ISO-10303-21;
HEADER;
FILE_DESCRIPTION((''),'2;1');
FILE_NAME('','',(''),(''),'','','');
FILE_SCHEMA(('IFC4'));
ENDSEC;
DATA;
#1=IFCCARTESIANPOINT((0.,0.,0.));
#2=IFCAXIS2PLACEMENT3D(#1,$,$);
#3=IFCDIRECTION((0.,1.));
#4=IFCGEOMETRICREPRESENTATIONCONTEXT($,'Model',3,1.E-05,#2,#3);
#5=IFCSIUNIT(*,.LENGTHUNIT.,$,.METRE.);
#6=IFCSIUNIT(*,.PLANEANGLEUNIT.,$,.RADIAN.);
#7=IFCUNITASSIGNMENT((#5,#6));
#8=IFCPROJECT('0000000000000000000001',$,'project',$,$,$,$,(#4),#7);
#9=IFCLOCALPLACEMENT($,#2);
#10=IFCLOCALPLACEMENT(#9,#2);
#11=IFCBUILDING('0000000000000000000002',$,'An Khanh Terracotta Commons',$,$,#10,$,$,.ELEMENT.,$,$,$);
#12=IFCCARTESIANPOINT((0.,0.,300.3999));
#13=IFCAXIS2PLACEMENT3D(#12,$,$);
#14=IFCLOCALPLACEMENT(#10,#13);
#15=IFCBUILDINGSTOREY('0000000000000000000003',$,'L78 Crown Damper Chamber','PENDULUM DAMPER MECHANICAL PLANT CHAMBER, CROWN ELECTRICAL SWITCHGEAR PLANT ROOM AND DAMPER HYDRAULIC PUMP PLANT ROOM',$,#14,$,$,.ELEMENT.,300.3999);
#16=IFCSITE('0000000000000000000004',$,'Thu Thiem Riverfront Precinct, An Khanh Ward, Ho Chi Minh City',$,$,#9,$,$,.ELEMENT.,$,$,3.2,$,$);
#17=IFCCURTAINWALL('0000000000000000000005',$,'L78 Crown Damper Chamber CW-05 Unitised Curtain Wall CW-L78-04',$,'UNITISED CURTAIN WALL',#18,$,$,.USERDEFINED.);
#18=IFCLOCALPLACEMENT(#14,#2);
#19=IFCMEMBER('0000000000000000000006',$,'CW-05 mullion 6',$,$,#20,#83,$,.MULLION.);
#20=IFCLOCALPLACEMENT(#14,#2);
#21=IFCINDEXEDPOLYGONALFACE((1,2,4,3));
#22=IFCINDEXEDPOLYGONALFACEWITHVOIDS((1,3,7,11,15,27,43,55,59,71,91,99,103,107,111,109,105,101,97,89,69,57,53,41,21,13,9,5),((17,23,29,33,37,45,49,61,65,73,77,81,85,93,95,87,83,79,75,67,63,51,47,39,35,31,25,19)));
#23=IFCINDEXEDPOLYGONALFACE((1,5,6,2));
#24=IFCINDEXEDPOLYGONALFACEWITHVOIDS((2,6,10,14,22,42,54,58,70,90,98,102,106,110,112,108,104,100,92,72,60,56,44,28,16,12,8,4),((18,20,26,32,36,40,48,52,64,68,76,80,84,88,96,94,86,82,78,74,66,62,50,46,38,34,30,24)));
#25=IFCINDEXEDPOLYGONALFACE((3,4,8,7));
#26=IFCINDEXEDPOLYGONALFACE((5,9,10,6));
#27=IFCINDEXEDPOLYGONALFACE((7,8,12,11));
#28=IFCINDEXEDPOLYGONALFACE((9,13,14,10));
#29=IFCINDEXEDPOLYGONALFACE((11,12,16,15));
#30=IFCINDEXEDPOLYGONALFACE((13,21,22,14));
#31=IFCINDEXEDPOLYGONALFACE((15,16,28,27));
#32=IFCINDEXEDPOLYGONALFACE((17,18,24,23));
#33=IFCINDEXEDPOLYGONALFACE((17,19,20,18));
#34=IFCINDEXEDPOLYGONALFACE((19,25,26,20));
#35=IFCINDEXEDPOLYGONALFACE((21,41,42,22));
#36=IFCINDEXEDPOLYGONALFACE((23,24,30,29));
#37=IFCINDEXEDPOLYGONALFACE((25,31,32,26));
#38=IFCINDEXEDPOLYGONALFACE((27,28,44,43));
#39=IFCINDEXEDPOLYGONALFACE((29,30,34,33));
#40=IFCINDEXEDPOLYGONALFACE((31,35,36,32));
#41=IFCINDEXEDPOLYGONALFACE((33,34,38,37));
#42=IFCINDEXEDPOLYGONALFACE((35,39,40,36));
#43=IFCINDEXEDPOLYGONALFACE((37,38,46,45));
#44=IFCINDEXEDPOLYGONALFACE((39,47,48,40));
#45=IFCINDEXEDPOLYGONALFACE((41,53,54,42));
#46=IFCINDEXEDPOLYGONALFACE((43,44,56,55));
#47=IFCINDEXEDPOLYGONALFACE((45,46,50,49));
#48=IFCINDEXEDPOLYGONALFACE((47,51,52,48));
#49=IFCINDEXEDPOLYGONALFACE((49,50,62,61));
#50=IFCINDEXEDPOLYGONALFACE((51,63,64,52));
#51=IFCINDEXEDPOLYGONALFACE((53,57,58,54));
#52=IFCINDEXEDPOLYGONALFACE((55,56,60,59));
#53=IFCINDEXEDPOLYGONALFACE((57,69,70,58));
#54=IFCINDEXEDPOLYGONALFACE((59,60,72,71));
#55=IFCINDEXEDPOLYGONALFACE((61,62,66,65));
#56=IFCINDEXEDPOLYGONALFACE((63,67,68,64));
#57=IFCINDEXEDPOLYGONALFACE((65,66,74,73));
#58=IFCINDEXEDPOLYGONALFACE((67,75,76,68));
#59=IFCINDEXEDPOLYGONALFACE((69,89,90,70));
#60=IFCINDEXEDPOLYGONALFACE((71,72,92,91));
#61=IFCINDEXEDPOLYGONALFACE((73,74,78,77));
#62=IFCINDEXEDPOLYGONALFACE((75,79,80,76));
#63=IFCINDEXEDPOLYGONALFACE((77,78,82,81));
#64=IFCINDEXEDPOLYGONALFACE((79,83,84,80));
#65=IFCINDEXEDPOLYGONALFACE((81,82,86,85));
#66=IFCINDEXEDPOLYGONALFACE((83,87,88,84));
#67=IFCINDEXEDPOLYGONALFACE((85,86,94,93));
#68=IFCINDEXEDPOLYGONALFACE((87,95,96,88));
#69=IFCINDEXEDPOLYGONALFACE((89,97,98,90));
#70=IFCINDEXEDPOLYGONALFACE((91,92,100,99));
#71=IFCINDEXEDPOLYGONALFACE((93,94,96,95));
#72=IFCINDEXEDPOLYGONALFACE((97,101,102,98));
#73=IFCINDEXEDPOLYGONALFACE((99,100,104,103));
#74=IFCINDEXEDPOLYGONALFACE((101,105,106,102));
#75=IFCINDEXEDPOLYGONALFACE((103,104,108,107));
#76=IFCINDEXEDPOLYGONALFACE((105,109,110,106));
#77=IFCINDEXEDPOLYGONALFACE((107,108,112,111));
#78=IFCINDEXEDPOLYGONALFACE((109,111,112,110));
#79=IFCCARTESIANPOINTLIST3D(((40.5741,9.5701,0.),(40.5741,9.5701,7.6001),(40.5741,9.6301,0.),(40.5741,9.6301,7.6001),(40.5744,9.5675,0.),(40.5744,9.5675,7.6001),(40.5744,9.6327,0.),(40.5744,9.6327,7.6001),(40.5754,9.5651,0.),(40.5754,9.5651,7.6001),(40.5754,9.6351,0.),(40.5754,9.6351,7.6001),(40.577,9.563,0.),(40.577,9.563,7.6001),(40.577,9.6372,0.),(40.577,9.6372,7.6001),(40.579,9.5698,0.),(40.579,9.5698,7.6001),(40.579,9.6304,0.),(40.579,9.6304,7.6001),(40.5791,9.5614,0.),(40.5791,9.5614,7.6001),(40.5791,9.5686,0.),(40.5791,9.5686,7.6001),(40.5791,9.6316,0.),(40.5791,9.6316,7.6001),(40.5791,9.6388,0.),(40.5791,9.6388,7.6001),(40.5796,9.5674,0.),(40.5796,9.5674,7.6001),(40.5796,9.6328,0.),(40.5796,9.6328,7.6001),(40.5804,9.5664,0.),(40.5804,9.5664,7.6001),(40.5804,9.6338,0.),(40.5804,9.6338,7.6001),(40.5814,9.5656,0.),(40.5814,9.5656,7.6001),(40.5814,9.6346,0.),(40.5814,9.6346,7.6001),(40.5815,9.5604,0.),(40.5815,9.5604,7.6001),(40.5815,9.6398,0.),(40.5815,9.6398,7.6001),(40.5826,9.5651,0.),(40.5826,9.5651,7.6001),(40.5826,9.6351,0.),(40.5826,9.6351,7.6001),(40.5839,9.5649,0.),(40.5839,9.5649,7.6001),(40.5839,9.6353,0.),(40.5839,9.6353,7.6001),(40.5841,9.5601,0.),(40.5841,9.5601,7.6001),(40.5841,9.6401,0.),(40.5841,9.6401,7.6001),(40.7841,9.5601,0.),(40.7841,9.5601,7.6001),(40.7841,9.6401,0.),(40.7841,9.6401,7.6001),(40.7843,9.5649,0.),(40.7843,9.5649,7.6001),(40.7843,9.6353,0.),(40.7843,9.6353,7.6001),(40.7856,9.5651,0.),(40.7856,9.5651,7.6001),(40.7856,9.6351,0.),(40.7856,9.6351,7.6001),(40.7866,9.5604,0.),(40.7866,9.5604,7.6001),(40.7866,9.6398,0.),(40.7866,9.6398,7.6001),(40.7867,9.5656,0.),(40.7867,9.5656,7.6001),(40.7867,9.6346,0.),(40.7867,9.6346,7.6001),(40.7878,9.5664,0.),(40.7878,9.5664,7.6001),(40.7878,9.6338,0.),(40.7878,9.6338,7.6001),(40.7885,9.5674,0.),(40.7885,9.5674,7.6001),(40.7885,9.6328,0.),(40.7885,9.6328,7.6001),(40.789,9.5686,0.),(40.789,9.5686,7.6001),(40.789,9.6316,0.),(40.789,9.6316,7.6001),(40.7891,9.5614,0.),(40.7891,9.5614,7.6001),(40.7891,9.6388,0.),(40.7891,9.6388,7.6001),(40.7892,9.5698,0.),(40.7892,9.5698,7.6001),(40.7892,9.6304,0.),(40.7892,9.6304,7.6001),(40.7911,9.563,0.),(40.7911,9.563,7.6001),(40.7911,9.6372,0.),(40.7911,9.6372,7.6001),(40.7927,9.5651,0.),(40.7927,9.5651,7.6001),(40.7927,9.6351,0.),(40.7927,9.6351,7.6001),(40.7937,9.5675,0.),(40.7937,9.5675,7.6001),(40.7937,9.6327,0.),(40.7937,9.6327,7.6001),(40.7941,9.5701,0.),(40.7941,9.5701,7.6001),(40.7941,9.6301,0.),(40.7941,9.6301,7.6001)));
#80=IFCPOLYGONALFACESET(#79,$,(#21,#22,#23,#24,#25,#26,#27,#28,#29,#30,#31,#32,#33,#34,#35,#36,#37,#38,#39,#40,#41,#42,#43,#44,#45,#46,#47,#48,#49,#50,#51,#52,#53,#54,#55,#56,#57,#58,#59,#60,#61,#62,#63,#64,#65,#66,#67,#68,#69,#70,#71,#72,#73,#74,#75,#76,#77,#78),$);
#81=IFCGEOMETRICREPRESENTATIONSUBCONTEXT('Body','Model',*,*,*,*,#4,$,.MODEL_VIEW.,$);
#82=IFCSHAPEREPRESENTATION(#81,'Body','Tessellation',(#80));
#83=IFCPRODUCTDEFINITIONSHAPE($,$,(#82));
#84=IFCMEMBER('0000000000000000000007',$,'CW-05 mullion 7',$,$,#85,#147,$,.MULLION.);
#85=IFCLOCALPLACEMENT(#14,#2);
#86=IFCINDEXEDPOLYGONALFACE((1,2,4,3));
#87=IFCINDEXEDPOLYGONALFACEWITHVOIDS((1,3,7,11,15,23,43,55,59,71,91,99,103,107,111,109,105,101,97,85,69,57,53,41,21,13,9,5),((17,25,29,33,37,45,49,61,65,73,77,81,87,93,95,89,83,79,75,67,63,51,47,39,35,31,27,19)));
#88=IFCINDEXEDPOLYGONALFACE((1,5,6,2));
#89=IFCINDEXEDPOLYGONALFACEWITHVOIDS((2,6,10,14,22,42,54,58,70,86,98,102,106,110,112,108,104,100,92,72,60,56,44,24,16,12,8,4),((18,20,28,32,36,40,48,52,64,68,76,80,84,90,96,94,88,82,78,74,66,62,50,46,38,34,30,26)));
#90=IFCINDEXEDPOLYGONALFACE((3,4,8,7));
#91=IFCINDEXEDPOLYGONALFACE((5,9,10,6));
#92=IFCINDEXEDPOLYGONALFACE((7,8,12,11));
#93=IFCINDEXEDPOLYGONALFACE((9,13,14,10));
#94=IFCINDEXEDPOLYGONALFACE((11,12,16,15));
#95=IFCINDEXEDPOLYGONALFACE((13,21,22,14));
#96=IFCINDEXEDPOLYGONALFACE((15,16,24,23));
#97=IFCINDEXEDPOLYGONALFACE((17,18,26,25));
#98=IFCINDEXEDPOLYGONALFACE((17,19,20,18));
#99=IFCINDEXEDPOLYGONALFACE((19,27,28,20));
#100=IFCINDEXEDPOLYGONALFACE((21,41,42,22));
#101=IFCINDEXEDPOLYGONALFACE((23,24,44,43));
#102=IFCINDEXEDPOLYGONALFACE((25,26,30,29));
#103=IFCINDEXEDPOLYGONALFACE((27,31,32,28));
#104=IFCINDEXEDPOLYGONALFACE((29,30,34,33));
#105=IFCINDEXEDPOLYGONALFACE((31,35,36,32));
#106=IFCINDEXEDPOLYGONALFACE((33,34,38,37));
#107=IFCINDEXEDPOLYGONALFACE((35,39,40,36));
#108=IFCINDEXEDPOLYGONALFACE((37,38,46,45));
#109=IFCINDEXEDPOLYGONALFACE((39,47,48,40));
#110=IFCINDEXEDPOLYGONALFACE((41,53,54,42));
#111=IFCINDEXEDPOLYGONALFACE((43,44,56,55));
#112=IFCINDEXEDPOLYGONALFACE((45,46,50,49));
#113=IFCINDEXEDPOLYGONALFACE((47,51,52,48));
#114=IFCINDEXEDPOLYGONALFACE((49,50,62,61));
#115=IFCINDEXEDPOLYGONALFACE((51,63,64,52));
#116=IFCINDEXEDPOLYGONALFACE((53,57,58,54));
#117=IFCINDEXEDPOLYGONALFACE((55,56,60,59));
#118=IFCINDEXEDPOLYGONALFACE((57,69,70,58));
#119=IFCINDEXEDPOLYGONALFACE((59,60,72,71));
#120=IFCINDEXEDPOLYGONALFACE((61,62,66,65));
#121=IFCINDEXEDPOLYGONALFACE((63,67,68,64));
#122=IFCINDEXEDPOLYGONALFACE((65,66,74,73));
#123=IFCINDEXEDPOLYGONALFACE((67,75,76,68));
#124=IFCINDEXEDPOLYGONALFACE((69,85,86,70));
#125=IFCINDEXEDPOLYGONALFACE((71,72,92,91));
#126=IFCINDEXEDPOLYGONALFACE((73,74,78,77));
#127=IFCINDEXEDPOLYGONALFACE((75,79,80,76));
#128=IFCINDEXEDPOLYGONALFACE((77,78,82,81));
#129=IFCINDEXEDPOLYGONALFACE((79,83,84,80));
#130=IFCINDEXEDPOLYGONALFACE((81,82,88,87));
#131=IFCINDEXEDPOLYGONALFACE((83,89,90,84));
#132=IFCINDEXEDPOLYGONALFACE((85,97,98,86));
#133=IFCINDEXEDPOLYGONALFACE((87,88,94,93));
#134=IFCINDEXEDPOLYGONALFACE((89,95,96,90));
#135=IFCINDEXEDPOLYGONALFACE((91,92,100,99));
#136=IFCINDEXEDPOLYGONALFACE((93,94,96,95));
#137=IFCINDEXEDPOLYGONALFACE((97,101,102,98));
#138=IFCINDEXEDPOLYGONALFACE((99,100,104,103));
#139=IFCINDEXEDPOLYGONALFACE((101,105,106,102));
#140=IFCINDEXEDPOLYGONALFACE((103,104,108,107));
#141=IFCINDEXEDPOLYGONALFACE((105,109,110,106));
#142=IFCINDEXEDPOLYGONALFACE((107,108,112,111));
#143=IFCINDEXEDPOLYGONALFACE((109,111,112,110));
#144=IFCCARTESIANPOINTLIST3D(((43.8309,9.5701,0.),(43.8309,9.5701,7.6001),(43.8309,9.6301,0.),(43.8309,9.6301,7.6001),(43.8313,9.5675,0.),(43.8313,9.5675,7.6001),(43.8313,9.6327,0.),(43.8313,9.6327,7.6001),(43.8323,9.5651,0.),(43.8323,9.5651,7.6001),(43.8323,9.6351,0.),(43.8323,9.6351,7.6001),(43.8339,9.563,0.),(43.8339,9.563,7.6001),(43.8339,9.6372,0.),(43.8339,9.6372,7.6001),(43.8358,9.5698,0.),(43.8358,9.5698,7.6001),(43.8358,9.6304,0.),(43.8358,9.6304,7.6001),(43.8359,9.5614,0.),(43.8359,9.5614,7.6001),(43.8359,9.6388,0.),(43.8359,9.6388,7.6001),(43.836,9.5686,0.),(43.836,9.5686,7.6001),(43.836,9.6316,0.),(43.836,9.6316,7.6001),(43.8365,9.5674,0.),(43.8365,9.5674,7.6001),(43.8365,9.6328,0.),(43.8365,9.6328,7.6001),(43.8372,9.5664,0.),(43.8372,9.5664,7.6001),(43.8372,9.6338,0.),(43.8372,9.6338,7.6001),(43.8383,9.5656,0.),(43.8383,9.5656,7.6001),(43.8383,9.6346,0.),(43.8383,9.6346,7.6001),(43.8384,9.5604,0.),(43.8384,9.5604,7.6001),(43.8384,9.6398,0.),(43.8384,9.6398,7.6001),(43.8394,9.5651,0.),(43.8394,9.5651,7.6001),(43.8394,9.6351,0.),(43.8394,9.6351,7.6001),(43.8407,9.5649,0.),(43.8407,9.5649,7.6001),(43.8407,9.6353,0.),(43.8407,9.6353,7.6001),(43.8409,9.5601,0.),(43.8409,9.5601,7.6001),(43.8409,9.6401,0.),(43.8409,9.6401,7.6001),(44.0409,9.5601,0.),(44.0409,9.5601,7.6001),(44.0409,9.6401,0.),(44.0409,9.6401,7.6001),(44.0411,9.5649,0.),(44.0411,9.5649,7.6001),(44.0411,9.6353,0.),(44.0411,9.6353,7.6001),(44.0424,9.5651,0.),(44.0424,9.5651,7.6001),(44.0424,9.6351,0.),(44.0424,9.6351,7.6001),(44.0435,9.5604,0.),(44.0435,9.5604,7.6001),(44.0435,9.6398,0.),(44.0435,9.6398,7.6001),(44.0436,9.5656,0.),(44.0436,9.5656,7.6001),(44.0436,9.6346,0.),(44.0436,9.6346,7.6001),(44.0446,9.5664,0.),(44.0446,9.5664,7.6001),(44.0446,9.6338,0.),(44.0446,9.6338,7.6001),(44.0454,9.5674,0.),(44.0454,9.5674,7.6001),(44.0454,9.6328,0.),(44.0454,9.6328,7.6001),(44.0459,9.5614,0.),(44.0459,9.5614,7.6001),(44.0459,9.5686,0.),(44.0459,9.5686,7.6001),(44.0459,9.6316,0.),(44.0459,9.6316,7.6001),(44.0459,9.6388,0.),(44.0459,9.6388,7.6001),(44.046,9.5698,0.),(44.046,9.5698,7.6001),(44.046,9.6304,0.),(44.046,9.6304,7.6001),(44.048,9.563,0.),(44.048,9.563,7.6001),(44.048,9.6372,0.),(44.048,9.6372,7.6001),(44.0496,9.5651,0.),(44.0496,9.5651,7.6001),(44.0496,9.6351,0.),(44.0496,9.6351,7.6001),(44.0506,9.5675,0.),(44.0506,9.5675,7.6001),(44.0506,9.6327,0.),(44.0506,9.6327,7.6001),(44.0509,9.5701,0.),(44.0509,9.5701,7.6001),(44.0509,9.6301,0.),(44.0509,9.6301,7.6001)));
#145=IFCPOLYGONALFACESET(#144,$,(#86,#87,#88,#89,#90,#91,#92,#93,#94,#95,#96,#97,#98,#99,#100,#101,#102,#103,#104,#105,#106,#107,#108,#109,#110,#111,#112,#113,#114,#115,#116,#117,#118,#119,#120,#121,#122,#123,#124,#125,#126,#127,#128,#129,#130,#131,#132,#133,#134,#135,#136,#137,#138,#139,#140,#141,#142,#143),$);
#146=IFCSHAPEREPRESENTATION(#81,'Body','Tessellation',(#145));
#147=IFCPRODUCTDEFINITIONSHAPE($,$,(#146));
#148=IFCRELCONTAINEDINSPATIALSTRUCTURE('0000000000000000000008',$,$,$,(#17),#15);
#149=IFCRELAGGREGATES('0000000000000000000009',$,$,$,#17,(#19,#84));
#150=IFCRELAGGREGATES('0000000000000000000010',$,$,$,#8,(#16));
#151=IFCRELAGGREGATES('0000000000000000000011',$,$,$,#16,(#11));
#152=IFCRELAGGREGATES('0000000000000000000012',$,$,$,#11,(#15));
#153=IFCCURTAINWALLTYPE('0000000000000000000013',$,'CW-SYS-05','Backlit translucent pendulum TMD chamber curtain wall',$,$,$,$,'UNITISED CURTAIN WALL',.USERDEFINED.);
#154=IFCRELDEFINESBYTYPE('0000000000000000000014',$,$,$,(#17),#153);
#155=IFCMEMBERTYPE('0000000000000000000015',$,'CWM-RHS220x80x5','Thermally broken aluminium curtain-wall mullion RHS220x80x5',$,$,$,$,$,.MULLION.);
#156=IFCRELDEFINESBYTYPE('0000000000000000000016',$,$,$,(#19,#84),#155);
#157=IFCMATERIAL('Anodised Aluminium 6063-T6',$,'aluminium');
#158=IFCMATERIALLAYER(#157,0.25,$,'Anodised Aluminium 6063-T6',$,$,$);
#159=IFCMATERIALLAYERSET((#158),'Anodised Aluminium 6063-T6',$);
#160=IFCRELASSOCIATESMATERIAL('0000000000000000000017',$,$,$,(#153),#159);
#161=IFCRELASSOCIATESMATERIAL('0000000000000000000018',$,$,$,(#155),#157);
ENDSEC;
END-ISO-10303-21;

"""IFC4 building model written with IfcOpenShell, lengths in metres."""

from ifc_helpers import new_model, si_unit, direction, frame, origin, origin_2d, place, context, subcontext, project, spatial, hollow_rectangle, extrude, material, layer, layer_set, material_profile, profile_set, type_object, element, aggregate, save


model = new_model("IFC4")

# Units and contexts
model_context = context("Model", 3, precision=1e-05, world=origin(), true_north=direction((0.0, 1.0)))
body_context = subcontext(model_context, "Body", "Model", "MODEL_VIEW")
ifc_project = project(units=[si_unit("LENGTHUNIT", "METRE"), si_unit("PLANEANGLEUNIT", "RADIAN")], contexts=[model_context])

# Site, building, storey
site_placement = place(None, origin())
site = spatial("IfcSite", under=ifc_project, at=site_placement, Name="Thu Thiem Riverfront Precinct, An Khanh Ward, Ho Chi Minh City", CompositionType="ELEMENT", RefElevation=3.2)
building_placement = place(site_placement, origin())
building = spatial("IfcBuilding", under=site, at=building_placement, Name="An Khanh Terracotta Commons", CompositionType="ELEMENT")
storey_placement = place(building_placement, frame((0.0, 0.0, 300.3999)))
storey = spatial("IfcBuildingStorey", under=building, at=storey_placement, Name="L78 Crown Damper Chamber", Description="PENDULUM DAMPER MECHANICAL PLANT CHAMBER, CROWN ELECTRICAL SWITCHGEAR PLANT ROOM AND DAMPER HYDRAULIC PUMP PLANT ROOM", CompositionType="ELEMENT", Elevation=300.3999)

# Curtain wall, members
ifc_material_1 = material(Name="Anodised Aluminium 6063-T6", Category="aluminium")
ifc_layer_1 = layer(ifc_material_1, 0.25, Name="Anodised Aluminium 6063-T6")
ifc_layer_set_1 = layer_set([ifc_layer_1], Name="Anodised Aluminium 6063-T6")
curtain_wall_type = type_object("IfcCurtainWallType", Name="CW-SYS-05", Description="Backlit translucent pendulum TMD chamber curtain wall", ElementType="UNITISED CURTAIN WALL", PredefinedType="USERDEFINED", material=ifc_layer_set_1)
curtain_wall_placement = place(storey_placement, origin())
curtain_wall = element("IfcCurtainWall", 1, at=curtain_wall_placement, inside=storey, type_object=curtain_wall_type, Name="L78 Crown Damper Chamber CW-05 Unitised Curtain Wall CW-L78-04", ObjectType="UNITISED CURTAIN WALL", PredefinedType="USERDEFINED")
ifc_material_profile_1 = material_profile(ifc_material_1, hollow_rectangle(XDim=0.0801, YDim=0.22, WallThickness=0.0049, InnerFilletRadius=0.0049, OuterFilletRadius=0.01, at=origin_2d()), Name="RHS220x80x5")
ifc_profile_set_1 = profile_set([ifc_material_profile_1], Name="Anodised Aluminium 6063-T6")
member_type_1 = type_object("IfcMemberType", Name="CWM-RHS220x80x5", Description="Thermally broken aluminium curtain-wall mullion RHS220x80x5", PredefinedType="MULLION", material=ifc_profile_set_1)
member_1_placement = place(storey_placement, frame((40.6841, 9.6001, 0.0), z_axis=(0.0, 0.0, 1.0), x_axis=(0.0, 1.0, 0.0)))
member_1 = element("IfcMember", 2, at=member_1_placement, type_object=member_type_1, Name="CW-05 mullion 6", PredefinedType="MULLION", context=body_context, shape_type="SweptSolid", body=[
    extrude(hollow_rectangle(XDim=0.0801, YDim=0.22, WallThickness=0.0049, InnerFilletRadius=0.0049, OuterFilletRadius=0.01, at=origin_2d()), origin(), (0.0, 0.0, 1.0), 7.6001),
])
member_2_placement = place(storey_placement, frame((43.9409, 9.6001, 0.0), z_axis=(0.0, 0.0, 1.0), x_axis=(0.0, 1.0, 0.0)))
member_2 = element("IfcMember", 3, at=member_2_placement, type_object=member_type_1, Name="CW-05 mullion 7", PredefinedType="MULLION", context=body_context, shape_type="SweptSolid", body=[
    extrude(hollow_rectangle(XDim=0.0801, YDim=0.22, WallThickness=0.0049, InnerFilletRadius=0.0049, OuterFilletRadius=0.01, at=origin_2d()), origin(), (0.0, 0.0, 1.0), 7.6001),
])

aggregate(curtain_wall, [member_1, member_2])

save(model, "model.ifc")
